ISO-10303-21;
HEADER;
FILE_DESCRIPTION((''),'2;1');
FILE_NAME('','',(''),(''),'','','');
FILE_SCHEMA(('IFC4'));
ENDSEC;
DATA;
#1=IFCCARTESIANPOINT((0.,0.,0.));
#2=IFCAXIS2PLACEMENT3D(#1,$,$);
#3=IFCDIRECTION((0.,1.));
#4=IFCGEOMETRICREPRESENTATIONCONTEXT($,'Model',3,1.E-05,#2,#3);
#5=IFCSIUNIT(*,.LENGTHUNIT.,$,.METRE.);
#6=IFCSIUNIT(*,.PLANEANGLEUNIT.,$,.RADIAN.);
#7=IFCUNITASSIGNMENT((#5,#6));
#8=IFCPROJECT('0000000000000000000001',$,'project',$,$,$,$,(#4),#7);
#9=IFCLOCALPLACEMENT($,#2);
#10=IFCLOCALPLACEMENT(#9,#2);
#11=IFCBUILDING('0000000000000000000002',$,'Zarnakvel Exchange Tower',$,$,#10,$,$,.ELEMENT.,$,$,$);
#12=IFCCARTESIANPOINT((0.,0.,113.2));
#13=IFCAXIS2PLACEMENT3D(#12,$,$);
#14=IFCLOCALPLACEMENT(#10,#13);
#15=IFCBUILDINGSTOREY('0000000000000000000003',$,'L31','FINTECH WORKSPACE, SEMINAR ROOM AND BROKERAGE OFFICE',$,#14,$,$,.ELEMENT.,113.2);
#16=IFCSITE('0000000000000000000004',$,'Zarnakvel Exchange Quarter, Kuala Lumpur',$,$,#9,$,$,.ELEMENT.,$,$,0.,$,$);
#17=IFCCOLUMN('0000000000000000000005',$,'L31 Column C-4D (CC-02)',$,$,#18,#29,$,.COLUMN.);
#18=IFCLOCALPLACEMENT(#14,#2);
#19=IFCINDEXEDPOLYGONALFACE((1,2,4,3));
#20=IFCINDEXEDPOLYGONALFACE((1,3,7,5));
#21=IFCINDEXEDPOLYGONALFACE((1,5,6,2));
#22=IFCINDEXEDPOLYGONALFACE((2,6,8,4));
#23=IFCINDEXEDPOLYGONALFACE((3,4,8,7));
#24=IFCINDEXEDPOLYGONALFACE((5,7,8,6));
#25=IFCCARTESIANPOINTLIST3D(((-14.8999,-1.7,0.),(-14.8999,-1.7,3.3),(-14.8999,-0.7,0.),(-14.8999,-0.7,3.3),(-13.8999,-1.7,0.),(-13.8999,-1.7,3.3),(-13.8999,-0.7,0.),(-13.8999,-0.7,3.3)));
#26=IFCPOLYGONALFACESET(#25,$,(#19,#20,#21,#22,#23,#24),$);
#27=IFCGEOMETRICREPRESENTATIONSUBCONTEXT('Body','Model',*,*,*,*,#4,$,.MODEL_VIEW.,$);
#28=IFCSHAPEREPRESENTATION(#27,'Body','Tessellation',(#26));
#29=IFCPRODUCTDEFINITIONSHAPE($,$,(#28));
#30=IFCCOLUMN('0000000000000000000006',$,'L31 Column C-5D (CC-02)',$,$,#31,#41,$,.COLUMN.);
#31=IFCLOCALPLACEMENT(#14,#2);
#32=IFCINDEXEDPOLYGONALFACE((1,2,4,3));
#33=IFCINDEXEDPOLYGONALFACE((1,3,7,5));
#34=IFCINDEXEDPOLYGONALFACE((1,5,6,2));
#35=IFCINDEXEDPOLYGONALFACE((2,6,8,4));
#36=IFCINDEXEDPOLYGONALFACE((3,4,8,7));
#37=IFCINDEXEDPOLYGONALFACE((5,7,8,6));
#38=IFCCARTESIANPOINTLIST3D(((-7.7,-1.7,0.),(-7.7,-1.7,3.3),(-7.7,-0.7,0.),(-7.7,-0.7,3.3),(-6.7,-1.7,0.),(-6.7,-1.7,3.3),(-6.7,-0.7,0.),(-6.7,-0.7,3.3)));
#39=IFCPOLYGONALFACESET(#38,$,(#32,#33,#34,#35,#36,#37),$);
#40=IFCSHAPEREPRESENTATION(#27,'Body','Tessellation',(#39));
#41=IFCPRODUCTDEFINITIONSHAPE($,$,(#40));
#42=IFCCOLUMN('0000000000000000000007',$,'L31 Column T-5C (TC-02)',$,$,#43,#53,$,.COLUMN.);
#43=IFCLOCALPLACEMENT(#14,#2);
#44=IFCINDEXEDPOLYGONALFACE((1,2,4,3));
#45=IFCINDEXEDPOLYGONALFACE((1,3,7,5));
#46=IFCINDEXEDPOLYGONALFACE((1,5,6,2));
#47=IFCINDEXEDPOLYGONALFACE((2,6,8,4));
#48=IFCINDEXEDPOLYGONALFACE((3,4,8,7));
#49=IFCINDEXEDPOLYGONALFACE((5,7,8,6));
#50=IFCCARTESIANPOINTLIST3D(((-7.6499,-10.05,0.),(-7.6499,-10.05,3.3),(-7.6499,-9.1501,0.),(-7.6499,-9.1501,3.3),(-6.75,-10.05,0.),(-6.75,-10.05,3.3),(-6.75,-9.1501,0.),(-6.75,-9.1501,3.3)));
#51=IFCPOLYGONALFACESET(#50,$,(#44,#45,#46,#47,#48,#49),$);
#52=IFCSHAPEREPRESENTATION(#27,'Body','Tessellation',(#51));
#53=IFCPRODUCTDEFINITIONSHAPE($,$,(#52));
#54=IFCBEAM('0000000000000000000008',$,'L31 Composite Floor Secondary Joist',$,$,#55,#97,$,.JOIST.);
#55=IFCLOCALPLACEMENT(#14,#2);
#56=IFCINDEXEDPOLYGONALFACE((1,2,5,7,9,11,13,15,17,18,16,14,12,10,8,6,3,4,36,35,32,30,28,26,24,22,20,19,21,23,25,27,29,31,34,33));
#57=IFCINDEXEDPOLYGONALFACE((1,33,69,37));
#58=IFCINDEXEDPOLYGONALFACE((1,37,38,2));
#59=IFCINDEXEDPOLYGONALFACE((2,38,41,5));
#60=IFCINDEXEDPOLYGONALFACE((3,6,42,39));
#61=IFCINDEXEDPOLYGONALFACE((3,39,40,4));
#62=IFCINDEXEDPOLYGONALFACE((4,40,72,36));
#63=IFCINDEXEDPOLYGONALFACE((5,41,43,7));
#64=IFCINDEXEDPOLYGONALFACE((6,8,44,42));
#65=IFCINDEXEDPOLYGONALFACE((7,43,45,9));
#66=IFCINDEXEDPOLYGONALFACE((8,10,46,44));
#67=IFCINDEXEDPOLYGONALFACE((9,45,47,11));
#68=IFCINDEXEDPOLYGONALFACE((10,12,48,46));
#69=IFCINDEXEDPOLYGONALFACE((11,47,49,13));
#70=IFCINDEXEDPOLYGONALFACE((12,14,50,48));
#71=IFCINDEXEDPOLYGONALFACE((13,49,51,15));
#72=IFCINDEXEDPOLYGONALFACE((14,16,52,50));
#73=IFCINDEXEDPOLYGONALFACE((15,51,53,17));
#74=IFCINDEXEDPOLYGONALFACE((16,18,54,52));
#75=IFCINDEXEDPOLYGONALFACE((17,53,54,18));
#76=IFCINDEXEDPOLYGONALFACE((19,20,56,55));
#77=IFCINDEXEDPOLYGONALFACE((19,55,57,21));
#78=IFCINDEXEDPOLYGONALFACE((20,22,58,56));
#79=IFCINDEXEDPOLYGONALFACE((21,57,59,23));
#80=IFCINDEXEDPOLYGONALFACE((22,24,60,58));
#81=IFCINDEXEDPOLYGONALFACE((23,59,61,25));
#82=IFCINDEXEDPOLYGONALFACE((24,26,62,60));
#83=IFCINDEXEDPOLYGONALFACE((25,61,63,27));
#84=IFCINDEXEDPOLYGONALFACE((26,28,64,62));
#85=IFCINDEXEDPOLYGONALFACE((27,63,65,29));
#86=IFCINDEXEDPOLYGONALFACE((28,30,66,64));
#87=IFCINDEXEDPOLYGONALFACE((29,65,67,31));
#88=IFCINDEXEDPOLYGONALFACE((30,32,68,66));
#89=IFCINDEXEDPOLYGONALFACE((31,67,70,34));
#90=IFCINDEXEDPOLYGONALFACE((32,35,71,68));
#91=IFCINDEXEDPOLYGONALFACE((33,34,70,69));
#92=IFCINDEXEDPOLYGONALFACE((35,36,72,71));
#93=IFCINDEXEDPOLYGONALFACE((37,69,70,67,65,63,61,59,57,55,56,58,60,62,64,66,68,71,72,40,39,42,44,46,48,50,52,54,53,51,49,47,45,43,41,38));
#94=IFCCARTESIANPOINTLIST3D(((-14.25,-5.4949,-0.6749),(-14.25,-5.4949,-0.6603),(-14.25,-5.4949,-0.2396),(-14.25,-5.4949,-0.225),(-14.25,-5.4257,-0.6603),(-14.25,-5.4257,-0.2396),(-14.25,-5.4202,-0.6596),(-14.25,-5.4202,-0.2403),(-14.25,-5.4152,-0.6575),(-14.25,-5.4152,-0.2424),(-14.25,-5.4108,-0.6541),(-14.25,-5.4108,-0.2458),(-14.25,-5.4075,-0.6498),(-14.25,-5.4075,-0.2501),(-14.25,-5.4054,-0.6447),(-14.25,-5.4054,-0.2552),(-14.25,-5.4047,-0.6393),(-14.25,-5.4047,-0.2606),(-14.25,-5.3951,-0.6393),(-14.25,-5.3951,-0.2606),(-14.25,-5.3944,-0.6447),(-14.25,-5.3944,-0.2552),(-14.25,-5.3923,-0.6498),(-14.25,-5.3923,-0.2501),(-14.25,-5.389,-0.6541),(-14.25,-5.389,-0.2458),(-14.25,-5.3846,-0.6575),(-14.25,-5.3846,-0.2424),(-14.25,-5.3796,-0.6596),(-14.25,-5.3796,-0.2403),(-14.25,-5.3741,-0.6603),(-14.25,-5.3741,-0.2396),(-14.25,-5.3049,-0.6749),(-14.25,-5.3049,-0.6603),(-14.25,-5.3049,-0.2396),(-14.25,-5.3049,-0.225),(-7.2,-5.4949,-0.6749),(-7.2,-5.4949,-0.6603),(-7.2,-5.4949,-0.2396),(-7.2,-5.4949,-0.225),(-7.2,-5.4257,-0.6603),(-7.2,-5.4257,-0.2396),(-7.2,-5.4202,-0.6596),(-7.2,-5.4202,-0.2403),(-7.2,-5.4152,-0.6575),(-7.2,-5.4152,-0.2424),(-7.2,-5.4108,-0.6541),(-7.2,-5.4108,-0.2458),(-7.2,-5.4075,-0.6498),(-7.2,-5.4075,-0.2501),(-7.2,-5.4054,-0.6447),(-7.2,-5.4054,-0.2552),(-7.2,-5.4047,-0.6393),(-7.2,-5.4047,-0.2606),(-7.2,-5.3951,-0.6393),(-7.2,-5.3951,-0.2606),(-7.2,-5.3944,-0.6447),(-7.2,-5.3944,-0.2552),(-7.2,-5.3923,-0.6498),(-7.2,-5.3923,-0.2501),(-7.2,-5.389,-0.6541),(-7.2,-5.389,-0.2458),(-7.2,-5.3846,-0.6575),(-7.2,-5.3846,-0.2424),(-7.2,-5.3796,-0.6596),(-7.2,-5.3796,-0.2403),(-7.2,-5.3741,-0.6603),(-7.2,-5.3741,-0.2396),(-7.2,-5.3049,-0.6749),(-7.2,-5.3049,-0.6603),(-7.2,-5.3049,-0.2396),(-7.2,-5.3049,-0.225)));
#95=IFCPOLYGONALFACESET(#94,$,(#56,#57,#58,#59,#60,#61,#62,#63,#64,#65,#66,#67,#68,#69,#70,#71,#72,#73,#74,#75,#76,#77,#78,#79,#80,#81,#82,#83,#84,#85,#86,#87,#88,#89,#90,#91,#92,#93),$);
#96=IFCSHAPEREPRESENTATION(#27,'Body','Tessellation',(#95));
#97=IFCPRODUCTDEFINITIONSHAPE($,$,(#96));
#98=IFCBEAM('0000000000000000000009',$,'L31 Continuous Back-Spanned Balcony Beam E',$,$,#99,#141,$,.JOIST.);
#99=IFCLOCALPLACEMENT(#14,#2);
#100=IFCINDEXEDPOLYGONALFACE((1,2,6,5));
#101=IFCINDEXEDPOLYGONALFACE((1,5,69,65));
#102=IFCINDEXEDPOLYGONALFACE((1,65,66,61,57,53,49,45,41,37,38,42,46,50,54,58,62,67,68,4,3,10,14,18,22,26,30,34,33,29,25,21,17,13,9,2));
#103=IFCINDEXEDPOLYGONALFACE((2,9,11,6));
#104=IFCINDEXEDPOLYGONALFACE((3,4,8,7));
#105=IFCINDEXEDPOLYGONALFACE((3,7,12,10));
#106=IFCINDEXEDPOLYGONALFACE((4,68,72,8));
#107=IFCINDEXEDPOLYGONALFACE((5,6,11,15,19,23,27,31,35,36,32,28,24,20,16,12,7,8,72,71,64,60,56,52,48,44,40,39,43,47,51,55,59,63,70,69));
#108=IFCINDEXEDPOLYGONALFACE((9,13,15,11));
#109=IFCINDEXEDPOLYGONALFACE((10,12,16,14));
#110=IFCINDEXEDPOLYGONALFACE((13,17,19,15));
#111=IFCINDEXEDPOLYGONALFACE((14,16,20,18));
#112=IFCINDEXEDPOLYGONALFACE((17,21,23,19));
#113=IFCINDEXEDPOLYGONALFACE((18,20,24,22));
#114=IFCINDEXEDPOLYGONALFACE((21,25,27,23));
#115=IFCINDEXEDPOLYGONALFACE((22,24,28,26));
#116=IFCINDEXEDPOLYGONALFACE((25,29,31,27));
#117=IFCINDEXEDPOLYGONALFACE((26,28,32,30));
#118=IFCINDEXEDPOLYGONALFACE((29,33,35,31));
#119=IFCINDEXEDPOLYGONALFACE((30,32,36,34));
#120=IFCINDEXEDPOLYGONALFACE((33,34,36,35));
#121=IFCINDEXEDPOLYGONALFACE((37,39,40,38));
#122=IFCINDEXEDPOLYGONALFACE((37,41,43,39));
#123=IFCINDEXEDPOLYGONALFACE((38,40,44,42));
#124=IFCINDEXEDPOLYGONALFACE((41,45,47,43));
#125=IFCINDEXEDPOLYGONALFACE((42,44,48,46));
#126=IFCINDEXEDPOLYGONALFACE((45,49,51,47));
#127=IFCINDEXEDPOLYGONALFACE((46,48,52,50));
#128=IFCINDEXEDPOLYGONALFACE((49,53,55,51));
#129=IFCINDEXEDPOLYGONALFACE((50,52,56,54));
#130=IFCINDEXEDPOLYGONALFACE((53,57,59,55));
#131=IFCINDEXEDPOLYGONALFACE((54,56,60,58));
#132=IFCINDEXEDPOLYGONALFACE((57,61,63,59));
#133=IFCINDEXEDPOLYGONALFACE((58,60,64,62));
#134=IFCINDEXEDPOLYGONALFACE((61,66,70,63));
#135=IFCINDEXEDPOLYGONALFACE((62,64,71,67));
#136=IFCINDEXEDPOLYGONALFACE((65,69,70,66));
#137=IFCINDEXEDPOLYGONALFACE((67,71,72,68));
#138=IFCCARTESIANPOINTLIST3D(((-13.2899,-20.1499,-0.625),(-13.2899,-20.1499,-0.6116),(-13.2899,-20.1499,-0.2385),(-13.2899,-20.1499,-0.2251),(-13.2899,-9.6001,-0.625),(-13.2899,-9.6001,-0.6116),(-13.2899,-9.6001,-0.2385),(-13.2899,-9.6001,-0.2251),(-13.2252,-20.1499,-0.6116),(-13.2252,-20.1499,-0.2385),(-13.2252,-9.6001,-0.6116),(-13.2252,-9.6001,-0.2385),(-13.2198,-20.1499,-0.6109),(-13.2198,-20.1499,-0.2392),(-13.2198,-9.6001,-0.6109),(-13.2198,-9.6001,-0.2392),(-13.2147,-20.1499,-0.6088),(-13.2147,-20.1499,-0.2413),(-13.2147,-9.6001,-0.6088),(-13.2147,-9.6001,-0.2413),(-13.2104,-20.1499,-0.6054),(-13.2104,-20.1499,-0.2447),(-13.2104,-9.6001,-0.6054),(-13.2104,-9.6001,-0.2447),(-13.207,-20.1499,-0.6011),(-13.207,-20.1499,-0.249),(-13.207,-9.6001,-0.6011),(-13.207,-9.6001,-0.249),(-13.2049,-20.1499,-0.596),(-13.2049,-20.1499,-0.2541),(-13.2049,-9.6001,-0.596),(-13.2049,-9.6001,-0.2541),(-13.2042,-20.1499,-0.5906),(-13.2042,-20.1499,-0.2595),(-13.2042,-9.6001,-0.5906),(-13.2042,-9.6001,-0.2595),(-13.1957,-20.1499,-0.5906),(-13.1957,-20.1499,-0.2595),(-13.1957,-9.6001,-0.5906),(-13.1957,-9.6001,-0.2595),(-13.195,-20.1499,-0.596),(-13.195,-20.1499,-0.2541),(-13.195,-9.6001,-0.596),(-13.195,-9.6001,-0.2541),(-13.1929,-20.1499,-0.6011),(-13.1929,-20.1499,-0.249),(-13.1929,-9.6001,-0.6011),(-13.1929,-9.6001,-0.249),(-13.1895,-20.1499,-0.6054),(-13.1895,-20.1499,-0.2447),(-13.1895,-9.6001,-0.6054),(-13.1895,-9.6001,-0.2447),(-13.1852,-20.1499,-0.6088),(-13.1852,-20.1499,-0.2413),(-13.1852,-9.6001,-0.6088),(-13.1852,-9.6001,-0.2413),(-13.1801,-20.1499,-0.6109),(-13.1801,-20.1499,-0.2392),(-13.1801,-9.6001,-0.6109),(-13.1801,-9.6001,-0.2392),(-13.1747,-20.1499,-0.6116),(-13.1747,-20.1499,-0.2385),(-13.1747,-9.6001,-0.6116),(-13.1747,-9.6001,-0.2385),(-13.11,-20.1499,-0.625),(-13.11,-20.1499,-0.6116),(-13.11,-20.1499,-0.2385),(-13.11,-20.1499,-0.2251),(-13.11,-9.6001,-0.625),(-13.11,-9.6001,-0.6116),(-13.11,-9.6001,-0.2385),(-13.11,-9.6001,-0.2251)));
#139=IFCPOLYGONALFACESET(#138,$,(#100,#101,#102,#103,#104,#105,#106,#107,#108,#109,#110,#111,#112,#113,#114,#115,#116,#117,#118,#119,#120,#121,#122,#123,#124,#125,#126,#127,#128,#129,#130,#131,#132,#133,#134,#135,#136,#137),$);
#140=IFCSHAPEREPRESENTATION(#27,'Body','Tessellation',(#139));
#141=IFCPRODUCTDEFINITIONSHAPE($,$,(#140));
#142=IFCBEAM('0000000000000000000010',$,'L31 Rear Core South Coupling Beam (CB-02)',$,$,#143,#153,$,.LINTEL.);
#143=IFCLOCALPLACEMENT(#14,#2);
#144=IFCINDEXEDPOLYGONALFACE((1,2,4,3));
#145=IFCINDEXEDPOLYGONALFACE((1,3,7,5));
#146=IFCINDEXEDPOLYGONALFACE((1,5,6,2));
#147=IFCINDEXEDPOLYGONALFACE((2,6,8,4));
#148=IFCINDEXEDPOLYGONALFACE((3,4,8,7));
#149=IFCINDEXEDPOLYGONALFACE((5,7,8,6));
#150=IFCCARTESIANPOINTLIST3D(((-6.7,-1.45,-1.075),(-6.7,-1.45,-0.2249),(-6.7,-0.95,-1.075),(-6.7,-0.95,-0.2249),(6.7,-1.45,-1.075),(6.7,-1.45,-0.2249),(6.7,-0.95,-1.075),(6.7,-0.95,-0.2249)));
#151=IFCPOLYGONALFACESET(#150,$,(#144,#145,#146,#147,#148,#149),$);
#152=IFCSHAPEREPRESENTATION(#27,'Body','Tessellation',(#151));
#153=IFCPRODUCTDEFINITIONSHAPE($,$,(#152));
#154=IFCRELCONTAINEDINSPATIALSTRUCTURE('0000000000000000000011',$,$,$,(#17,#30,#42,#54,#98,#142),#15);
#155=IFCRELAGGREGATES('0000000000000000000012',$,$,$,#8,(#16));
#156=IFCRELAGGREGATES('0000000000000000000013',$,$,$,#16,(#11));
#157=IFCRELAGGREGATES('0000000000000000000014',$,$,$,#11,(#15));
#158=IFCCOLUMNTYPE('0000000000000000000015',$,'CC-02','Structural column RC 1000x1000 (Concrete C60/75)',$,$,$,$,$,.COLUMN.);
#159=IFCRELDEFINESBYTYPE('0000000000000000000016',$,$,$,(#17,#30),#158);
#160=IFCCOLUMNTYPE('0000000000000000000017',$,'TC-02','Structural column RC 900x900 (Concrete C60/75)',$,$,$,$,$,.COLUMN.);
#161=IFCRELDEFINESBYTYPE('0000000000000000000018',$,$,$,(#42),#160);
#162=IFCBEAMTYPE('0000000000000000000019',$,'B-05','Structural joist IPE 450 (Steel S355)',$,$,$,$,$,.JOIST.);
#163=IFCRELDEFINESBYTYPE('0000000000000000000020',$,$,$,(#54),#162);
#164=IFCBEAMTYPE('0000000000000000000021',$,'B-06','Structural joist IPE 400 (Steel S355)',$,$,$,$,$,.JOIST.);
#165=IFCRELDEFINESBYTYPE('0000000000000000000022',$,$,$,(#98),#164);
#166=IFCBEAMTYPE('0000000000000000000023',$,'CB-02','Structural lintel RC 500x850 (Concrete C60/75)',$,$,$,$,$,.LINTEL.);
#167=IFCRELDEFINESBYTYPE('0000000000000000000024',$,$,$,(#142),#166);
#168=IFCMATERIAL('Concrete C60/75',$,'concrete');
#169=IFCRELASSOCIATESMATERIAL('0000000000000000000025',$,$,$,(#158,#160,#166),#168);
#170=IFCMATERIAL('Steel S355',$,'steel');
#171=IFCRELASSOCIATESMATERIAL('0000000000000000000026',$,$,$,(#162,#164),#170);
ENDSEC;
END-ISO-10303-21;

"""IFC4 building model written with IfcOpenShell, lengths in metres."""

from ifc_helpers import new_model, si_unit, direction, frame, origin, origin_2d, place, context, subcontext, project, spatial, rectangle, i_section, extrude, material, material_profile, profile_set, type_object, element, save


model = new_model("IFC4")

# Units and contexts
model_context = context("Model", 3, precision=1e-05, world=origin(), true_north=direction((0.0, 1.0)))
body_context = subcontext(model_context, "Body", "Model", "MODEL_VIEW")
ifc_project = project(units=[si_unit("LENGTHUNIT", "METRE"), si_unit("PLANEANGLEUNIT", "RADIAN")], contexts=[model_context])

# Site, building, storey
site_placement = place(None, origin())
site = spatial("IfcSite", under=ifc_project, at=site_placement, Name="Zarnakvel Exchange Quarter, Kuala Lumpur", CompositionType="ELEMENT", RefElevation=0.0)
building_placement = place(site_placement, origin())
building = spatial("IfcBuilding", under=site, at=building_placement, Name="Zarnakvel Exchange Tower", CompositionType="ELEMENT")
storey_placement = place(building_placement, frame((0.0, 0.0, 113.2)))
storey = spatial("IfcBuildingStorey", under=building, at=storey_placement, Name="L31", Description="FINTECH WORKSPACE, SEMINAR ROOM AND BROKERAGE OFFICE", CompositionType="ELEMENT", Elevation=113.2)

# Columns
ifc_material_1 = material(Name="Concrete C60/75", Category="concrete")
ifc_material_profile_1 = material_profile(ifc_material_1, rectangle(XDim=1.0, YDim=1.0, at=origin_2d()))
ifc_profile_set_1 = profile_set([ifc_material_profile_1], Name="Concrete C60/75")
column_type_1 = type_object("IfcColumnType", Name="CC-02", Description="Structural column RC 1000x1000 (Concrete C60/75)", PredefinedType="COLUMN", material=ifc_profile_set_1)
for number, where, z_axis, x_axis, name in (
    (1, (-14.3999, -1.2, 0.0), (0.0, 0.0, 1.0), (1.0, 0.0, 0.0), "L31 Column C-4D (CC-02)"),
    (2, (-7.2, -1.2, 0.0), (0.0, 0.0, 1.0), (1.0, 0.0, 0.0), "L31 Column C-5D (CC-02)"),
):
    element("IfcColumn", number, at=place(storey_placement, frame(where, z_axis=z_axis, x_axis=x_axis)), inside=storey, type_object=column_type_1, Name=name, PredefinedType="COLUMN", context=body_context, shape_type="SweptSolid", body=[
        extrude(rectangle(XDim=1.0, YDim=1.0, at=origin_2d()), origin(), (0.0, 0.0, 1.0), 3.3),
    ])
ifc_material_profile_2 = material_profile(ifc_material_1, rectangle(XDim=0.8999, YDim=0.8999, at=origin_2d()))
ifc_profile_set_2 = profile_set([ifc_material_profile_2], Name="Concrete C60/75")
column_type_2 = type_object("IfcColumnType", Name="TC-02", Description="Structural column RC 900x900 (Concrete C60/75)", PredefinedType="COLUMN", material=ifc_profile_set_2)
column_placement = place(storey_placement, frame((-7.2, -9.6001, 0.0), z_axis=(0.0, 0.0, 1.0), x_axis=(1.0, 0.0, 0.0)))
element("IfcColumn", 3, at=column_placement, inside=storey, type_object=column_type_2, Name="L31 Column T-5C (TC-02)", PredefinedType="COLUMN", context=body_context, shape_type="SweptSolid", body=[
    extrude(rectangle(XDim=0.8999, YDim=0.8999, at=origin_2d()), origin(), (0.0, 0.0, 1.0), 3.3),
])

# Beams
ifc_material_2 = material(Name="Steel S355", Category="steel")
ifc_material_profile_3 = material_profile(ifc_material_2, i_section(OverallWidth=0.1899, OverallDepth=0.45, WebThickness=0.0095, FlangeThickness=0.0146, FilletRadius=0.021, at=origin_2d()))
ifc_profile_set_3 = profile_set([ifc_material_profile_3], Name="Steel S355")
beam_type_1 = type_object("IfcBeamType", Name="B-05", Description="Structural joist IPE 450 (Steel S355)", PredefinedType="JOIST", material=ifc_profile_set_3)
beam_1_placement = place(storey_placement, frame((-14.25, -5.3999, -0.45), z_axis=(1.0, 0.0, 0.0), x_axis=(0.0, 1.0, 0.0)))
element("IfcBeam", 4, at=beam_1_placement, inside=storey, type_object=beam_type_1, Name="L31 Composite Floor Secondary Joist", PredefinedType="JOIST", context=body_context, shape_type="SweptSolid", body=[
    extrude(i_section(OverallWidth=0.1899, OverallDepth=0.45, WebThickness=0.0095, FlangeThickness=0.0146, FilletRadius=0.021, at=origin_2d()), origin(), (0.0, 0.0, 1.0), 7.05),
])
ifc_material_profile_4 = material_profile(ifc_material_2, i_section(OverallWidth=0.1799, OverallDepth=0.3999, WebThickness=0.0085, FlangeThickness=0.0134, FilletRadius=0.021, at=origin_2d()))
ifc_profile_set_4 = profile_set([ifc_material_profile_4], Name="Steel S355")
beam_type_2 = type_object("IfcBeamType", Name="B-06", Description="Structural joist IPE 400 (Steel S355)", PredefinedType="JOIST", material=ifc_profile_set_4)
beam_2_placement = place(storey_placement, frame((-13.2, -9.6001, -0.425), z_axis=(0.0, -1.0, 0.0), x_axis=(1.0, 0.0, 0.0)))
element("IfcBeam", 5, at=beam_2_placement, inside=storey, type_object=beam_type_2, Name="L31 Continuous Back-Spanned Balcony Beam E", PredefinedType="JOIST", context=body_context, shape_type="SweptSolid", body=[
    extrude(i_section(OverallWidth=0.1799, OverallDepth=0.3999, WebThickness=0.0085, FlangeThickness=0.0134, FilletRadius=0.021, at=origin_2d()), origin(), (0.0, 0.0, 1.0), 10.5498),
])
ifc_material_profile_5 = material_profile(ifc_material_1, rectangle(XDim=0.5, YDim=0.8501, at=origin_2d()))
ifc_profile_set_5 = profile_set([ifc_material_profile_5], Name="Concrete C60/75")
beam_type_3 = type_object("IfcBeamType", Name="CB-02", Description="Structural lintel RC 500x850 (Concrete C60/75)", PredefinedType="LINTEL", material=ifc_profile_set_5)
beam_3_placement = place(storey_placement, frame((-6.7, -1.2, -0.6499), z_axis=(1.0, 0.0, 0.0), x_axis=(0.0, 1.0, 0.0)))
element("IfcBeam", 6, at=beam_3_placement, inside=storey, type_object=beam_type_3, Name="L31 Rear Core South Coupling Beam (CB-02)", PredefinedType="LINTEL", context=body_context, shape_type="SweptSolid", body=[
    extrude(rectangle(XDim=0.5, YDim=0.8501, at=origin_2d()), origin(), (0.0, 0.0, 1.0), 13.3999),
])

save(model, "model.ifc")
